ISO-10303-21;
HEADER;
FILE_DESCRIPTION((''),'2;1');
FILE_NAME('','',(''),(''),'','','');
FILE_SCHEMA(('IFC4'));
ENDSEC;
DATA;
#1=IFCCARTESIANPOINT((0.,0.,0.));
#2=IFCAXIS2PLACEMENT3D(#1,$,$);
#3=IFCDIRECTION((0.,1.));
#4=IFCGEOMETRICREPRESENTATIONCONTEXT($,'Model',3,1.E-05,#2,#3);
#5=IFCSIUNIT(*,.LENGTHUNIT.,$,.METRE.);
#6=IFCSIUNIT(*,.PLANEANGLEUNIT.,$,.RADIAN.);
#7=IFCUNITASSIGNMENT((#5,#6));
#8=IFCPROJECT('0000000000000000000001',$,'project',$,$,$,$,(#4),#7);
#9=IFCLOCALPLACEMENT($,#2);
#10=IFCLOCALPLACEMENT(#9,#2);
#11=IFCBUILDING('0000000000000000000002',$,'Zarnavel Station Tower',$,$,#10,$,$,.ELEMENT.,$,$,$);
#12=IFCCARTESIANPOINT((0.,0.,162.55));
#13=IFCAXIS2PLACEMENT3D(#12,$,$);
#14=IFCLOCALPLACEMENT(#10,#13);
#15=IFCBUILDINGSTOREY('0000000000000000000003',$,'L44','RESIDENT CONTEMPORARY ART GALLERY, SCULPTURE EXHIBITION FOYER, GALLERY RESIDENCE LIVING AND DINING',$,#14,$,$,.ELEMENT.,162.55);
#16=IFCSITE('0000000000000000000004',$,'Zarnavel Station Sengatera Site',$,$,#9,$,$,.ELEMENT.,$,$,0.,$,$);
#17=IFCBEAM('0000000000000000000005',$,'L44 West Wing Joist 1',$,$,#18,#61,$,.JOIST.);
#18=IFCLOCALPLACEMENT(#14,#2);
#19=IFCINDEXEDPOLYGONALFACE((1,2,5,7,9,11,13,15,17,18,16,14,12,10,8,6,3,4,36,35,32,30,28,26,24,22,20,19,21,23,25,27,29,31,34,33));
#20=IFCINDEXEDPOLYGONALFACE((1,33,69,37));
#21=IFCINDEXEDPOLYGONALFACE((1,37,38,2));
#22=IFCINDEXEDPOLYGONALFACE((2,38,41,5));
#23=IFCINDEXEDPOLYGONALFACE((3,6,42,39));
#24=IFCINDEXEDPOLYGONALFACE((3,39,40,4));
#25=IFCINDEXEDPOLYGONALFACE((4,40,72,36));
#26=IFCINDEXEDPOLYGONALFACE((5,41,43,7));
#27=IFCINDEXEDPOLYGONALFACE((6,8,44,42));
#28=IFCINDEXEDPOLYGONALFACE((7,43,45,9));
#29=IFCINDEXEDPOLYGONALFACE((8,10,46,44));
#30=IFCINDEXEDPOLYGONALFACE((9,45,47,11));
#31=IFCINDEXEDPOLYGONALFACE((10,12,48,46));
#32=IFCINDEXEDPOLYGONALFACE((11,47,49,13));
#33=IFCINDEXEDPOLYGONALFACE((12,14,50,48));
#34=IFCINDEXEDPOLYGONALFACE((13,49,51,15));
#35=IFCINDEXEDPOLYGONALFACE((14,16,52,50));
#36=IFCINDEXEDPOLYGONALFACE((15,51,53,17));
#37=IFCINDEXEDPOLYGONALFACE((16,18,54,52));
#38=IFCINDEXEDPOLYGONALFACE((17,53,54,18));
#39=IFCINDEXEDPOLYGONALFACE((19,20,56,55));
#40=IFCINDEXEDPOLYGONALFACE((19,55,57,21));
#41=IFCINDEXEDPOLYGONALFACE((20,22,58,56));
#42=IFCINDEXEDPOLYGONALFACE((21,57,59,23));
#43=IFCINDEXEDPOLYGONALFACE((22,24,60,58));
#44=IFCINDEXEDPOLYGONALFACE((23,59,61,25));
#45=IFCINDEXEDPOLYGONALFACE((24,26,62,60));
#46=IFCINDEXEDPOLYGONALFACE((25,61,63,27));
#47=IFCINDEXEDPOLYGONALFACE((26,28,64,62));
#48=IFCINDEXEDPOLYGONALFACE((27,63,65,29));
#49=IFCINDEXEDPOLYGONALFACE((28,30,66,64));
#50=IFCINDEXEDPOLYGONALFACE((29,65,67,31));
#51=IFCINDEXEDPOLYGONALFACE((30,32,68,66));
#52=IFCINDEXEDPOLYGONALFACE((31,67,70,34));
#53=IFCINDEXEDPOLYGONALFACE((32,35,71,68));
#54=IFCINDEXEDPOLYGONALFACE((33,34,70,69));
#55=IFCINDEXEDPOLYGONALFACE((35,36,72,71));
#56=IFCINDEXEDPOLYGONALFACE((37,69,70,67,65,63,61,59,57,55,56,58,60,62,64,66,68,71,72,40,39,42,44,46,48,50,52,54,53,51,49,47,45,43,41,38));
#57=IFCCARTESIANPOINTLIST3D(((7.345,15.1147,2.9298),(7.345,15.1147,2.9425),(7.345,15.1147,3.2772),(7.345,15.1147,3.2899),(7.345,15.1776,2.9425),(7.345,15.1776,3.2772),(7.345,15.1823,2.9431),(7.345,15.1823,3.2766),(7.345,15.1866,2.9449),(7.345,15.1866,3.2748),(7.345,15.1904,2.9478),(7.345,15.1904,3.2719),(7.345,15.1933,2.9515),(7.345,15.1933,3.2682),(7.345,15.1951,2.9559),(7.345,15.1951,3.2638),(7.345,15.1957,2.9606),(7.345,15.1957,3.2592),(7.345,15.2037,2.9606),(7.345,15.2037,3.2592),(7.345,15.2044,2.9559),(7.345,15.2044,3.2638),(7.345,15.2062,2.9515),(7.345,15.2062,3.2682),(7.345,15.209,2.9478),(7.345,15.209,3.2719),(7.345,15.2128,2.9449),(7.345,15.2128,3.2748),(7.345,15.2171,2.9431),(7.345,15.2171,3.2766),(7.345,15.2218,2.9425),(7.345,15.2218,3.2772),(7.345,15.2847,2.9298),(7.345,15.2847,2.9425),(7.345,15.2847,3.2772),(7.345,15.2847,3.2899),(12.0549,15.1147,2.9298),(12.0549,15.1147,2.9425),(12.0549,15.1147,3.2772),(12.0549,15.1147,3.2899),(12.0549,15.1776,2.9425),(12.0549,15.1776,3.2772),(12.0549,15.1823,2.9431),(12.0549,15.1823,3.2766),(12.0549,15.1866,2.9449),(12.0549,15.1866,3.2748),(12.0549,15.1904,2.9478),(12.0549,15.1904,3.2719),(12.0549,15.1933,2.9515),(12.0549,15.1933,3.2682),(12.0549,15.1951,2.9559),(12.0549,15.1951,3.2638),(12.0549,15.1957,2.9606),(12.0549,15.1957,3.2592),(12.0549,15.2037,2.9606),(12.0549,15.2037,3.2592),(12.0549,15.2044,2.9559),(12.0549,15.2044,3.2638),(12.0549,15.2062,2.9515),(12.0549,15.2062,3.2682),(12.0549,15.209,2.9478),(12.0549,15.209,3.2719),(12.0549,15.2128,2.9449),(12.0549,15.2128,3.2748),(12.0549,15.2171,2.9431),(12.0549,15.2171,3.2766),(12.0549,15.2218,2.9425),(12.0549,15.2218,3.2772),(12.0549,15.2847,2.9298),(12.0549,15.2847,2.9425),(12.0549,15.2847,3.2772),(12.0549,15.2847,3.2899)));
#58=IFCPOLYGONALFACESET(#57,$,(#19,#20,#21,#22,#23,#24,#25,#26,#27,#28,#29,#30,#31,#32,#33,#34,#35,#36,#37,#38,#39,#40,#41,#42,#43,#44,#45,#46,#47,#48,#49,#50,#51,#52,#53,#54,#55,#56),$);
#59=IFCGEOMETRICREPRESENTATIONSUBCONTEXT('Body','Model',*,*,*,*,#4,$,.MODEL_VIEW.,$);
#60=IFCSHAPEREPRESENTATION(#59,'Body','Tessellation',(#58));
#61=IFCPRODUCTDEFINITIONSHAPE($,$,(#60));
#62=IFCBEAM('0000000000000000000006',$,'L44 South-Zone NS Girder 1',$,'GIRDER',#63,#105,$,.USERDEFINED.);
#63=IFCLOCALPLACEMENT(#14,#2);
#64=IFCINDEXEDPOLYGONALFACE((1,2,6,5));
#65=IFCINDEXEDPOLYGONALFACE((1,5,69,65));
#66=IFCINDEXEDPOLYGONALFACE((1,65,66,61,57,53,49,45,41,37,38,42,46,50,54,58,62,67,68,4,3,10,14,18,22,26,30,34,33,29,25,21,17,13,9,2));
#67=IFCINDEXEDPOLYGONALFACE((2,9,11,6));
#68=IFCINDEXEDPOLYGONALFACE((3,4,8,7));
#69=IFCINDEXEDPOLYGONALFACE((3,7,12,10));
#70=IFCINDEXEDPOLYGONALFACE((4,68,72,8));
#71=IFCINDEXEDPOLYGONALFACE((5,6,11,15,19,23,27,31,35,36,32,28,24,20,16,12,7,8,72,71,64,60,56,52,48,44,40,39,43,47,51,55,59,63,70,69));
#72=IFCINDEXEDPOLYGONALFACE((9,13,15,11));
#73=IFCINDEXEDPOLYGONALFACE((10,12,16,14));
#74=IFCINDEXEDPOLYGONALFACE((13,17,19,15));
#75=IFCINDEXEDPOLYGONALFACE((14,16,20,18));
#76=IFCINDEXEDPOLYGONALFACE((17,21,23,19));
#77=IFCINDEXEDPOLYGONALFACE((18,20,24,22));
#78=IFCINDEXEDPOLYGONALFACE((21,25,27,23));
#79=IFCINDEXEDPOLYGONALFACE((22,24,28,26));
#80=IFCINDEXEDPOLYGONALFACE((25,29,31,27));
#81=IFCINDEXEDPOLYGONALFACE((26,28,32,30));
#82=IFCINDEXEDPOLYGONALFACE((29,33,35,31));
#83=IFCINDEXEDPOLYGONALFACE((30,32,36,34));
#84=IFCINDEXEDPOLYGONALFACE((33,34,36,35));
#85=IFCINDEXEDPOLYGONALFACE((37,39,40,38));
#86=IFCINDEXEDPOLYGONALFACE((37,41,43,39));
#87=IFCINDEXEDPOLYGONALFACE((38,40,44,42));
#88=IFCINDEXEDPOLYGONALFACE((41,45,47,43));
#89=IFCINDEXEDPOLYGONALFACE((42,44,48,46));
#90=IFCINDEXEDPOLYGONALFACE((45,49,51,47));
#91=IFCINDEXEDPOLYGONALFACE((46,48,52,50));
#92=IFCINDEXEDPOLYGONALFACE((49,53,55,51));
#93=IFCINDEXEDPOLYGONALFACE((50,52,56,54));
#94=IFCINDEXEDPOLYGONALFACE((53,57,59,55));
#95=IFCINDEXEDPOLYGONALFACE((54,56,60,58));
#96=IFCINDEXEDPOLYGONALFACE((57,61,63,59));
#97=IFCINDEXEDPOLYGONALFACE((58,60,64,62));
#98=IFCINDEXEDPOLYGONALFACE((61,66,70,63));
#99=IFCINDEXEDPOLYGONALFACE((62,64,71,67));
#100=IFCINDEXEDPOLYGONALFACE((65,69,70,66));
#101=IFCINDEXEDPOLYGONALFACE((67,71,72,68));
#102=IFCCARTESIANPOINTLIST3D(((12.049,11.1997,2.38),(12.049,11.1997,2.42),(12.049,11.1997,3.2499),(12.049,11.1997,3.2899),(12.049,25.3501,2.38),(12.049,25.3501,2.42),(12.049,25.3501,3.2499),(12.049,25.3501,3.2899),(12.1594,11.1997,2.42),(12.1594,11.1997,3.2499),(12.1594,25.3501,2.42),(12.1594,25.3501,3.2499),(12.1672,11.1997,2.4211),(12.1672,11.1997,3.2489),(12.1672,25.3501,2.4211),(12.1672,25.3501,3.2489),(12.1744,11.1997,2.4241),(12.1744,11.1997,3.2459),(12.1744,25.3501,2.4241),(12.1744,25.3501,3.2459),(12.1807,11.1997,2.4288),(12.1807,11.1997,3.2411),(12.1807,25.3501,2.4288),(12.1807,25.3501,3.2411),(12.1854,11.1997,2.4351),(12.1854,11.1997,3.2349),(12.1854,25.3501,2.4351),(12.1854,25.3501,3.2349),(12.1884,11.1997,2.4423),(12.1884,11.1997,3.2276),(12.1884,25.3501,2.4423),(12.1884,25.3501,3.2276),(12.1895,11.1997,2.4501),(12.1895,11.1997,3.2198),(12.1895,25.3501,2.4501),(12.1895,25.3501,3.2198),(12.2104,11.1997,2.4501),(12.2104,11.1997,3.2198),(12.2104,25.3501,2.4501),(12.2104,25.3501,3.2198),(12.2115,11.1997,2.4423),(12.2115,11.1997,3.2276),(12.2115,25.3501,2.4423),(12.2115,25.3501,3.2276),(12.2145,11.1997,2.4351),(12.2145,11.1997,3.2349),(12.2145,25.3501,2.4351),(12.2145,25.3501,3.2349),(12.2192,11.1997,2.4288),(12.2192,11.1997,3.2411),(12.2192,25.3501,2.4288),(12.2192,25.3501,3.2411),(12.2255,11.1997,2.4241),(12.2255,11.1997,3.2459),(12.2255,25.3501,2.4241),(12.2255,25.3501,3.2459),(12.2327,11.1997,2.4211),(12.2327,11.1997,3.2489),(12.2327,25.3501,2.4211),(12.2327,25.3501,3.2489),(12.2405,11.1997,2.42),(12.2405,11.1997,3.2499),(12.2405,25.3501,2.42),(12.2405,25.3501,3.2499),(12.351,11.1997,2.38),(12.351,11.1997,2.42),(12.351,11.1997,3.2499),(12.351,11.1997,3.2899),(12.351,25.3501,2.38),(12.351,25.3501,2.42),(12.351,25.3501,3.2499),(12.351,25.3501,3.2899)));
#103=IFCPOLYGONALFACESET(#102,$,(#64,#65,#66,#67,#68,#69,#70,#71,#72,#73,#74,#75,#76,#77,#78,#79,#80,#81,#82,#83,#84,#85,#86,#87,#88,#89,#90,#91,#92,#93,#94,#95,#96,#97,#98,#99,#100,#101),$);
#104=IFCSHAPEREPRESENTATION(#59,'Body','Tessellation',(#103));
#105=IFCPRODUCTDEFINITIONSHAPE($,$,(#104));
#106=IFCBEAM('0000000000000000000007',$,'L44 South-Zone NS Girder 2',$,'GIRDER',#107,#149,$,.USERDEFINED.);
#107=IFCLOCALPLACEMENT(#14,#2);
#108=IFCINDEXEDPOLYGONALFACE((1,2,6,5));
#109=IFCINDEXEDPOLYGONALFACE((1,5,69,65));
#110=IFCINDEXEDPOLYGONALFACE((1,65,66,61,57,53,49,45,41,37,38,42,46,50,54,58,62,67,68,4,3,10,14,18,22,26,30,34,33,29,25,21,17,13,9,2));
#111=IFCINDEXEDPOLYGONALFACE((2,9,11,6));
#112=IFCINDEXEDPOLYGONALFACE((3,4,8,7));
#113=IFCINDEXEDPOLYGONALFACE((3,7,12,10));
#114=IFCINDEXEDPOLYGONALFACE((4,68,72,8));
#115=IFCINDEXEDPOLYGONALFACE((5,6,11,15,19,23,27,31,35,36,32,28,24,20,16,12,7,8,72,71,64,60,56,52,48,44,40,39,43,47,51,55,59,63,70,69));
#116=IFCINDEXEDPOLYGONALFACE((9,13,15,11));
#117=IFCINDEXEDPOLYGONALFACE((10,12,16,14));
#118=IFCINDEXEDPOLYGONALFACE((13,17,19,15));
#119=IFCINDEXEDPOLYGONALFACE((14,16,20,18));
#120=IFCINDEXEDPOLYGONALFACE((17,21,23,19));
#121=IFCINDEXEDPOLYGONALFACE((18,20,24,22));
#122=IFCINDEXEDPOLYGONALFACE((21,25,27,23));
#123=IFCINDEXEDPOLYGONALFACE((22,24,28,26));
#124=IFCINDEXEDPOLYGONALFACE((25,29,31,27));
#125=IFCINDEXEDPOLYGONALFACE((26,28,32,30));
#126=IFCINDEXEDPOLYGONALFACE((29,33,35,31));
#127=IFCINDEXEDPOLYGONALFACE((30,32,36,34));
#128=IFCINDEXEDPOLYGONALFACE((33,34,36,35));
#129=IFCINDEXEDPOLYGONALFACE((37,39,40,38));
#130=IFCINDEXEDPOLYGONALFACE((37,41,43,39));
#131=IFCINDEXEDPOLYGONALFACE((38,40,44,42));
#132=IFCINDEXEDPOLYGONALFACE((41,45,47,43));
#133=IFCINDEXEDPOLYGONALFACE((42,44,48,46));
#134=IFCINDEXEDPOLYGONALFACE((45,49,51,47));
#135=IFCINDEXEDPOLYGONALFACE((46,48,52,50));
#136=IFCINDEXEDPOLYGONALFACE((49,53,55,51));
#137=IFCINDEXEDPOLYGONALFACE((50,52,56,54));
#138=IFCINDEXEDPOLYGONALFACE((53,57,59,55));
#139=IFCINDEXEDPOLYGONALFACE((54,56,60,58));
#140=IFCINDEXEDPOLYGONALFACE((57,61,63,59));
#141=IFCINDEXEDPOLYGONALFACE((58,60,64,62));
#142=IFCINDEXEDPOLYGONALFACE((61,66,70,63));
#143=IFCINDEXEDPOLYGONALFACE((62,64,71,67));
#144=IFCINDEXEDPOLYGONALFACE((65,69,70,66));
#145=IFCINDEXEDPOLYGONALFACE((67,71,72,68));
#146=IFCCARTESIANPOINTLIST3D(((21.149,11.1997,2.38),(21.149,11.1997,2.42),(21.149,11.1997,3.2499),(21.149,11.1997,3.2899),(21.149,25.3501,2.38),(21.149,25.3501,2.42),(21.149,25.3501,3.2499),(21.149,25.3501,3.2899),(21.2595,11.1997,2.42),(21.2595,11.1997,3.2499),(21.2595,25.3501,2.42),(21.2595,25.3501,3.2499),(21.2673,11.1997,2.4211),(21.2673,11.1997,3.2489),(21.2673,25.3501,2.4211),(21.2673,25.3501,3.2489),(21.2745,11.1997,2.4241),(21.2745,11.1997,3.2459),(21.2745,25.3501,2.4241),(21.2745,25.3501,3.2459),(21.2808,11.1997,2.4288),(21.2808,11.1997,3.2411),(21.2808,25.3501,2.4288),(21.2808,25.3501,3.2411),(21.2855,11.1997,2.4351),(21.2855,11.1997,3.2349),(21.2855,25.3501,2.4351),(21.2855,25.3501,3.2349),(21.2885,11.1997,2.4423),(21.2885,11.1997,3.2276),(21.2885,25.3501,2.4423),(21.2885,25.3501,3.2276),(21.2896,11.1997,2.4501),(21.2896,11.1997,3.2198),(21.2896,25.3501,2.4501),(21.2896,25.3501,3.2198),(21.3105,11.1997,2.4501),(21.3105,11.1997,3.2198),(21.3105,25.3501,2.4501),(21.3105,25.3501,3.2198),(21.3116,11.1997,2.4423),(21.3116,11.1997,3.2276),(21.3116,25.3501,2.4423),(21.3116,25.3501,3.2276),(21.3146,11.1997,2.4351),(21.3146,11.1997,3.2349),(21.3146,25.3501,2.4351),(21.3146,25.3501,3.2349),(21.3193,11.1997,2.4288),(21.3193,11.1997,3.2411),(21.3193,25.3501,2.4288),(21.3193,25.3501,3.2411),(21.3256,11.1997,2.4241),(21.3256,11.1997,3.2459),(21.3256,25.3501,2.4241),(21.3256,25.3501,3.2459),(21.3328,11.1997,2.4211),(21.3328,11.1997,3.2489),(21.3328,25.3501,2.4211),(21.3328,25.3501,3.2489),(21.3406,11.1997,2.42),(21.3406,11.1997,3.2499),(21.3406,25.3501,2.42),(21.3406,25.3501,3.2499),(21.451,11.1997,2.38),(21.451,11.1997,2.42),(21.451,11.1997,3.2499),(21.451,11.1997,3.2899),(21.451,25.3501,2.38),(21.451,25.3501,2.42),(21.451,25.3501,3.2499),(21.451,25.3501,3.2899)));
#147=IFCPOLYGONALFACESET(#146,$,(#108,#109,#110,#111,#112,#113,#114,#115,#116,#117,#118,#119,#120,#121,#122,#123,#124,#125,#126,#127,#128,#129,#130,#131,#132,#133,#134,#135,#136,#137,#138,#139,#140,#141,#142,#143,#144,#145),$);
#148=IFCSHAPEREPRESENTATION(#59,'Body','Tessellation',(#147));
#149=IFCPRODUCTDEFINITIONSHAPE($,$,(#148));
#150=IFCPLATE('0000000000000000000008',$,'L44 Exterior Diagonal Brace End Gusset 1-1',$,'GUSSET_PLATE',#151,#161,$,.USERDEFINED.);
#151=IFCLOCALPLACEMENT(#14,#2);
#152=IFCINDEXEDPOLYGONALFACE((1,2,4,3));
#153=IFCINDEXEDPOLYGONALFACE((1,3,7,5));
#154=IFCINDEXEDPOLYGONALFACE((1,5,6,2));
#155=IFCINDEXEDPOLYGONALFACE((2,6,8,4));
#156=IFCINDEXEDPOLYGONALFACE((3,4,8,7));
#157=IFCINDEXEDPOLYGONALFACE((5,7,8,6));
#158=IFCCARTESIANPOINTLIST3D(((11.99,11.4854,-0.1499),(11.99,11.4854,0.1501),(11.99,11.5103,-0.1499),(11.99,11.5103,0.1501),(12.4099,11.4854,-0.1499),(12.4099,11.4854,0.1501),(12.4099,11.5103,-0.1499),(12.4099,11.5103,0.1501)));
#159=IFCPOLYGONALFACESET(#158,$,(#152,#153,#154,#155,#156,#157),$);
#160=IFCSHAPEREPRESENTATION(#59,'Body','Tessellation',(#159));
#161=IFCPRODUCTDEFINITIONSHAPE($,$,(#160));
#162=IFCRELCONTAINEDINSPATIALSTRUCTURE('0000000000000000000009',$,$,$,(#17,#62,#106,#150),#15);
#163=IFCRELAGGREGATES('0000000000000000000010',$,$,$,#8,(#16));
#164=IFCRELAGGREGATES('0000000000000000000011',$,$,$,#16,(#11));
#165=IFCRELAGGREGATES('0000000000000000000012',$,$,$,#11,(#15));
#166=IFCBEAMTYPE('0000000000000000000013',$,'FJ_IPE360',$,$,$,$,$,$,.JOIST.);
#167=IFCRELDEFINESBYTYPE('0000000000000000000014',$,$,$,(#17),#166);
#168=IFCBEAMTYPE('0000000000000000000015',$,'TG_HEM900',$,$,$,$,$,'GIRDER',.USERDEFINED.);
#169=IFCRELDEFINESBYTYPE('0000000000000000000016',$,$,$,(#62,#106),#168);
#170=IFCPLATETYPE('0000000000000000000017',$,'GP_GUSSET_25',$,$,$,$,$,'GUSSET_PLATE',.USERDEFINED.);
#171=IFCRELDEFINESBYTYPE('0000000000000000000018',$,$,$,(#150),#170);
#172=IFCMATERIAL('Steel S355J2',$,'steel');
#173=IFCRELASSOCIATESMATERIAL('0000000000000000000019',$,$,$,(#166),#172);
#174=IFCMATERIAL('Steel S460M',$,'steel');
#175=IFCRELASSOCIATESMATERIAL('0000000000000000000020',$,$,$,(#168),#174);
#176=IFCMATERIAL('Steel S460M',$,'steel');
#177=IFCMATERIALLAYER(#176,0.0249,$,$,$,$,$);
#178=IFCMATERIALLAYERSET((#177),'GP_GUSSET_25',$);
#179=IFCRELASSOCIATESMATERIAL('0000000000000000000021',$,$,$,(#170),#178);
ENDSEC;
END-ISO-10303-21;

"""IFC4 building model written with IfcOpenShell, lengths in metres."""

from ifc_helpers import new_model, si_unit, direction, frame, origin, origin_2d, place, context, subcontext, project, spatial, rectangle, i_section, extrude, material, layer, layer_set, material_profile, profile_set, type_object, element, save


model = new_model("IFC4")

# Units and contexts
model_context = context("Model", 3, precision=1e-05, world=origin(), true_north=direction((0.0, 1.0)))
body_context = subcontext(model_context, "Body", "Model", "MODEL_VIEW")
ifc_project = project(units=[si_unit("LENGTHUNIT", "METRE"), si_unit("PLANEANGLEUNIT", "RADIAN")], contexts=[model_context])

# Site, building, storey
site_placement = place(None, origin())
site = spatial("IfcSite", under=ifc_project, at=site_placement, Name="Zarnavel Station Sengatera Site", CompositionType="ELEMENT", RefElevation=0.0)
building_placement = place(site_placement, origin())
building = spatial("IfcBuilding", under=site, at=building_placement, Name="Zarnavel Station Tower", CompositionType="ELEMENT")
storey_placement = place(building_placement, frame((0.0, 0.0, 162.55)))
storey = spatial("IfcBuildingStorey", under=building, at=storey_placement, Name="L44", Description="RESIDENT CONTEMPORARY ART GALLERY, SCULPTURE EXHIBITION FOYER, GALLERY RESIDENCE LIVING AND DINING", CompositionType="ELEMENT", Elevation=162.55)

# Beams
ifc_material_1 = material(Name="Steel S355J2", Category="steel")
ifc_material_profile_1 = material_profile(ifc_material_1, i_section(OverallWidth=0.1699, OverallDepth=0.3601, WebThickness=0.0081, FlangeThickness=0.0127, FilletRadius=0.0181, at=origin_2d()), Name="IPE360")
ifc_profile_set_1 = profile_set([ifc_material_profile_1], Name="Steel S355J2")
beam_type_1 = type_object("IfcBeamType", Name="FJ_IPE360", PredefinedType="JOIST", material=ifc_profile_set_1)
beam_1_placement = place(storey_placement, frame((7.345, 15.1997, 3.1099), z_axis=(1.0, 0.0, 0.0), x_axis=(0.0, 1.0, 0.0)))
element("IfcBeam", 1, at=beam_1_placement, inside=storey, type_object=beam_type_1, Name="L44 West Wing Joist 1", PredefinedType="JOIST", context=body_context, shape_type="SweptSolid", body=[
    extrude(i_section(OverallWidth=0.1699, OverallDepth=0.3601, WebThickness=0.0081, FlangeThickness=0.0127, FilletRadius=0.0181, at=origin_2d()), origin(), (0.0, 0.0, 1.0), 4.71),
])
ifc_material_2 = material(Name="Steel S460M", Category="steel")
ifc_material_profile_2 = material_profile(ifc_material_2, i_section(OverallWidth=0.302, OverallDepth=0.9099, WebThickness=0.021, FlangeThickness=0.04, FilletRadius=0.03, at=origin_2d()), Name="HEM900")
ifc_profile_set_2 = profile_set([ifc_material_profile_2], Name="Steel S460M")
beam_type_2 = type_object("IfcBeamType", Name="TG_HEM900", ElementType="GIRDER", PredefinedType="USERDEFINED", material=ifc_profile_set_2)
for number, where, z_axis, x_axis, name in (
    (2, (12.2, 11.1997, 2.835), (0.0, 1.0, 0.0), (-1.0, 0.0, 0.0), "L44 South-Zone NS Girder 1"),
    (3, (21.3, 11.1997, 2.835), (0.0, 1.0, 0.0), (-1.0, 0.0, 0.0), "L44 South-Zone NS Girder 2"),
):
    element("IfcBeam", number, at=place(storey_placement, frame(where, z_axis=z_axis, x_axis=x_axis)), inside=storey, type_object=beam_type_2, Name=name, ObjectType="GIRDER", PredefinedType="USERDEFINED", context=body_context, shape_type="SweptSolid", body=[
        extrude(i_section(OverallWidth=0.302, OverallDepth=0.9099, WebThickness=0.021, FlangeThickness=0.04, FilletRadius=0.03, at=origin_2d()), origin(), (0.0, 0.0, 1.0), 14.1504),
    ])

# Plate
ifc_material_3 = material(Name="Steel S460M", Category="steel")
ifc_layer_1 = layer(ifc_material_3, 0.0249)
ifc_layer_set_1 = layer_set([ifc_layer_1], Name="GP_GUSSET_25")
plate_type = type_object("IfcPlateType", Name="GP_GUSSET_25", ElementType="GUSSET_PLATE", PredefinedType="USERDEFINED", material=ifc_layer_set_1)
plate_placement = place(storey_placement, frame((12.2, 11.4978, -0.1499), z_axis=(0.0, 0.0, 1.0), x_axis=(1.0, 0.0, 0.0)))
element("IfcPlate", 4, at=plate_placement, inside=storey, type_object=plate_type, Name="L44 Exterior Diagonal Brace End Gusset 1-1", ObjectType="GUSSET_PLATE", PredefinedType="USERDEFINED", context=body_context, shape_type="SweptSolid", body=[
    extrude(rectangle(XDim=0.4199, YDim=0.0249, at=origin_2d()), origin(), (0.0, 0.0, 1.0), 0.3),
])

save(model, "model.ifc")
